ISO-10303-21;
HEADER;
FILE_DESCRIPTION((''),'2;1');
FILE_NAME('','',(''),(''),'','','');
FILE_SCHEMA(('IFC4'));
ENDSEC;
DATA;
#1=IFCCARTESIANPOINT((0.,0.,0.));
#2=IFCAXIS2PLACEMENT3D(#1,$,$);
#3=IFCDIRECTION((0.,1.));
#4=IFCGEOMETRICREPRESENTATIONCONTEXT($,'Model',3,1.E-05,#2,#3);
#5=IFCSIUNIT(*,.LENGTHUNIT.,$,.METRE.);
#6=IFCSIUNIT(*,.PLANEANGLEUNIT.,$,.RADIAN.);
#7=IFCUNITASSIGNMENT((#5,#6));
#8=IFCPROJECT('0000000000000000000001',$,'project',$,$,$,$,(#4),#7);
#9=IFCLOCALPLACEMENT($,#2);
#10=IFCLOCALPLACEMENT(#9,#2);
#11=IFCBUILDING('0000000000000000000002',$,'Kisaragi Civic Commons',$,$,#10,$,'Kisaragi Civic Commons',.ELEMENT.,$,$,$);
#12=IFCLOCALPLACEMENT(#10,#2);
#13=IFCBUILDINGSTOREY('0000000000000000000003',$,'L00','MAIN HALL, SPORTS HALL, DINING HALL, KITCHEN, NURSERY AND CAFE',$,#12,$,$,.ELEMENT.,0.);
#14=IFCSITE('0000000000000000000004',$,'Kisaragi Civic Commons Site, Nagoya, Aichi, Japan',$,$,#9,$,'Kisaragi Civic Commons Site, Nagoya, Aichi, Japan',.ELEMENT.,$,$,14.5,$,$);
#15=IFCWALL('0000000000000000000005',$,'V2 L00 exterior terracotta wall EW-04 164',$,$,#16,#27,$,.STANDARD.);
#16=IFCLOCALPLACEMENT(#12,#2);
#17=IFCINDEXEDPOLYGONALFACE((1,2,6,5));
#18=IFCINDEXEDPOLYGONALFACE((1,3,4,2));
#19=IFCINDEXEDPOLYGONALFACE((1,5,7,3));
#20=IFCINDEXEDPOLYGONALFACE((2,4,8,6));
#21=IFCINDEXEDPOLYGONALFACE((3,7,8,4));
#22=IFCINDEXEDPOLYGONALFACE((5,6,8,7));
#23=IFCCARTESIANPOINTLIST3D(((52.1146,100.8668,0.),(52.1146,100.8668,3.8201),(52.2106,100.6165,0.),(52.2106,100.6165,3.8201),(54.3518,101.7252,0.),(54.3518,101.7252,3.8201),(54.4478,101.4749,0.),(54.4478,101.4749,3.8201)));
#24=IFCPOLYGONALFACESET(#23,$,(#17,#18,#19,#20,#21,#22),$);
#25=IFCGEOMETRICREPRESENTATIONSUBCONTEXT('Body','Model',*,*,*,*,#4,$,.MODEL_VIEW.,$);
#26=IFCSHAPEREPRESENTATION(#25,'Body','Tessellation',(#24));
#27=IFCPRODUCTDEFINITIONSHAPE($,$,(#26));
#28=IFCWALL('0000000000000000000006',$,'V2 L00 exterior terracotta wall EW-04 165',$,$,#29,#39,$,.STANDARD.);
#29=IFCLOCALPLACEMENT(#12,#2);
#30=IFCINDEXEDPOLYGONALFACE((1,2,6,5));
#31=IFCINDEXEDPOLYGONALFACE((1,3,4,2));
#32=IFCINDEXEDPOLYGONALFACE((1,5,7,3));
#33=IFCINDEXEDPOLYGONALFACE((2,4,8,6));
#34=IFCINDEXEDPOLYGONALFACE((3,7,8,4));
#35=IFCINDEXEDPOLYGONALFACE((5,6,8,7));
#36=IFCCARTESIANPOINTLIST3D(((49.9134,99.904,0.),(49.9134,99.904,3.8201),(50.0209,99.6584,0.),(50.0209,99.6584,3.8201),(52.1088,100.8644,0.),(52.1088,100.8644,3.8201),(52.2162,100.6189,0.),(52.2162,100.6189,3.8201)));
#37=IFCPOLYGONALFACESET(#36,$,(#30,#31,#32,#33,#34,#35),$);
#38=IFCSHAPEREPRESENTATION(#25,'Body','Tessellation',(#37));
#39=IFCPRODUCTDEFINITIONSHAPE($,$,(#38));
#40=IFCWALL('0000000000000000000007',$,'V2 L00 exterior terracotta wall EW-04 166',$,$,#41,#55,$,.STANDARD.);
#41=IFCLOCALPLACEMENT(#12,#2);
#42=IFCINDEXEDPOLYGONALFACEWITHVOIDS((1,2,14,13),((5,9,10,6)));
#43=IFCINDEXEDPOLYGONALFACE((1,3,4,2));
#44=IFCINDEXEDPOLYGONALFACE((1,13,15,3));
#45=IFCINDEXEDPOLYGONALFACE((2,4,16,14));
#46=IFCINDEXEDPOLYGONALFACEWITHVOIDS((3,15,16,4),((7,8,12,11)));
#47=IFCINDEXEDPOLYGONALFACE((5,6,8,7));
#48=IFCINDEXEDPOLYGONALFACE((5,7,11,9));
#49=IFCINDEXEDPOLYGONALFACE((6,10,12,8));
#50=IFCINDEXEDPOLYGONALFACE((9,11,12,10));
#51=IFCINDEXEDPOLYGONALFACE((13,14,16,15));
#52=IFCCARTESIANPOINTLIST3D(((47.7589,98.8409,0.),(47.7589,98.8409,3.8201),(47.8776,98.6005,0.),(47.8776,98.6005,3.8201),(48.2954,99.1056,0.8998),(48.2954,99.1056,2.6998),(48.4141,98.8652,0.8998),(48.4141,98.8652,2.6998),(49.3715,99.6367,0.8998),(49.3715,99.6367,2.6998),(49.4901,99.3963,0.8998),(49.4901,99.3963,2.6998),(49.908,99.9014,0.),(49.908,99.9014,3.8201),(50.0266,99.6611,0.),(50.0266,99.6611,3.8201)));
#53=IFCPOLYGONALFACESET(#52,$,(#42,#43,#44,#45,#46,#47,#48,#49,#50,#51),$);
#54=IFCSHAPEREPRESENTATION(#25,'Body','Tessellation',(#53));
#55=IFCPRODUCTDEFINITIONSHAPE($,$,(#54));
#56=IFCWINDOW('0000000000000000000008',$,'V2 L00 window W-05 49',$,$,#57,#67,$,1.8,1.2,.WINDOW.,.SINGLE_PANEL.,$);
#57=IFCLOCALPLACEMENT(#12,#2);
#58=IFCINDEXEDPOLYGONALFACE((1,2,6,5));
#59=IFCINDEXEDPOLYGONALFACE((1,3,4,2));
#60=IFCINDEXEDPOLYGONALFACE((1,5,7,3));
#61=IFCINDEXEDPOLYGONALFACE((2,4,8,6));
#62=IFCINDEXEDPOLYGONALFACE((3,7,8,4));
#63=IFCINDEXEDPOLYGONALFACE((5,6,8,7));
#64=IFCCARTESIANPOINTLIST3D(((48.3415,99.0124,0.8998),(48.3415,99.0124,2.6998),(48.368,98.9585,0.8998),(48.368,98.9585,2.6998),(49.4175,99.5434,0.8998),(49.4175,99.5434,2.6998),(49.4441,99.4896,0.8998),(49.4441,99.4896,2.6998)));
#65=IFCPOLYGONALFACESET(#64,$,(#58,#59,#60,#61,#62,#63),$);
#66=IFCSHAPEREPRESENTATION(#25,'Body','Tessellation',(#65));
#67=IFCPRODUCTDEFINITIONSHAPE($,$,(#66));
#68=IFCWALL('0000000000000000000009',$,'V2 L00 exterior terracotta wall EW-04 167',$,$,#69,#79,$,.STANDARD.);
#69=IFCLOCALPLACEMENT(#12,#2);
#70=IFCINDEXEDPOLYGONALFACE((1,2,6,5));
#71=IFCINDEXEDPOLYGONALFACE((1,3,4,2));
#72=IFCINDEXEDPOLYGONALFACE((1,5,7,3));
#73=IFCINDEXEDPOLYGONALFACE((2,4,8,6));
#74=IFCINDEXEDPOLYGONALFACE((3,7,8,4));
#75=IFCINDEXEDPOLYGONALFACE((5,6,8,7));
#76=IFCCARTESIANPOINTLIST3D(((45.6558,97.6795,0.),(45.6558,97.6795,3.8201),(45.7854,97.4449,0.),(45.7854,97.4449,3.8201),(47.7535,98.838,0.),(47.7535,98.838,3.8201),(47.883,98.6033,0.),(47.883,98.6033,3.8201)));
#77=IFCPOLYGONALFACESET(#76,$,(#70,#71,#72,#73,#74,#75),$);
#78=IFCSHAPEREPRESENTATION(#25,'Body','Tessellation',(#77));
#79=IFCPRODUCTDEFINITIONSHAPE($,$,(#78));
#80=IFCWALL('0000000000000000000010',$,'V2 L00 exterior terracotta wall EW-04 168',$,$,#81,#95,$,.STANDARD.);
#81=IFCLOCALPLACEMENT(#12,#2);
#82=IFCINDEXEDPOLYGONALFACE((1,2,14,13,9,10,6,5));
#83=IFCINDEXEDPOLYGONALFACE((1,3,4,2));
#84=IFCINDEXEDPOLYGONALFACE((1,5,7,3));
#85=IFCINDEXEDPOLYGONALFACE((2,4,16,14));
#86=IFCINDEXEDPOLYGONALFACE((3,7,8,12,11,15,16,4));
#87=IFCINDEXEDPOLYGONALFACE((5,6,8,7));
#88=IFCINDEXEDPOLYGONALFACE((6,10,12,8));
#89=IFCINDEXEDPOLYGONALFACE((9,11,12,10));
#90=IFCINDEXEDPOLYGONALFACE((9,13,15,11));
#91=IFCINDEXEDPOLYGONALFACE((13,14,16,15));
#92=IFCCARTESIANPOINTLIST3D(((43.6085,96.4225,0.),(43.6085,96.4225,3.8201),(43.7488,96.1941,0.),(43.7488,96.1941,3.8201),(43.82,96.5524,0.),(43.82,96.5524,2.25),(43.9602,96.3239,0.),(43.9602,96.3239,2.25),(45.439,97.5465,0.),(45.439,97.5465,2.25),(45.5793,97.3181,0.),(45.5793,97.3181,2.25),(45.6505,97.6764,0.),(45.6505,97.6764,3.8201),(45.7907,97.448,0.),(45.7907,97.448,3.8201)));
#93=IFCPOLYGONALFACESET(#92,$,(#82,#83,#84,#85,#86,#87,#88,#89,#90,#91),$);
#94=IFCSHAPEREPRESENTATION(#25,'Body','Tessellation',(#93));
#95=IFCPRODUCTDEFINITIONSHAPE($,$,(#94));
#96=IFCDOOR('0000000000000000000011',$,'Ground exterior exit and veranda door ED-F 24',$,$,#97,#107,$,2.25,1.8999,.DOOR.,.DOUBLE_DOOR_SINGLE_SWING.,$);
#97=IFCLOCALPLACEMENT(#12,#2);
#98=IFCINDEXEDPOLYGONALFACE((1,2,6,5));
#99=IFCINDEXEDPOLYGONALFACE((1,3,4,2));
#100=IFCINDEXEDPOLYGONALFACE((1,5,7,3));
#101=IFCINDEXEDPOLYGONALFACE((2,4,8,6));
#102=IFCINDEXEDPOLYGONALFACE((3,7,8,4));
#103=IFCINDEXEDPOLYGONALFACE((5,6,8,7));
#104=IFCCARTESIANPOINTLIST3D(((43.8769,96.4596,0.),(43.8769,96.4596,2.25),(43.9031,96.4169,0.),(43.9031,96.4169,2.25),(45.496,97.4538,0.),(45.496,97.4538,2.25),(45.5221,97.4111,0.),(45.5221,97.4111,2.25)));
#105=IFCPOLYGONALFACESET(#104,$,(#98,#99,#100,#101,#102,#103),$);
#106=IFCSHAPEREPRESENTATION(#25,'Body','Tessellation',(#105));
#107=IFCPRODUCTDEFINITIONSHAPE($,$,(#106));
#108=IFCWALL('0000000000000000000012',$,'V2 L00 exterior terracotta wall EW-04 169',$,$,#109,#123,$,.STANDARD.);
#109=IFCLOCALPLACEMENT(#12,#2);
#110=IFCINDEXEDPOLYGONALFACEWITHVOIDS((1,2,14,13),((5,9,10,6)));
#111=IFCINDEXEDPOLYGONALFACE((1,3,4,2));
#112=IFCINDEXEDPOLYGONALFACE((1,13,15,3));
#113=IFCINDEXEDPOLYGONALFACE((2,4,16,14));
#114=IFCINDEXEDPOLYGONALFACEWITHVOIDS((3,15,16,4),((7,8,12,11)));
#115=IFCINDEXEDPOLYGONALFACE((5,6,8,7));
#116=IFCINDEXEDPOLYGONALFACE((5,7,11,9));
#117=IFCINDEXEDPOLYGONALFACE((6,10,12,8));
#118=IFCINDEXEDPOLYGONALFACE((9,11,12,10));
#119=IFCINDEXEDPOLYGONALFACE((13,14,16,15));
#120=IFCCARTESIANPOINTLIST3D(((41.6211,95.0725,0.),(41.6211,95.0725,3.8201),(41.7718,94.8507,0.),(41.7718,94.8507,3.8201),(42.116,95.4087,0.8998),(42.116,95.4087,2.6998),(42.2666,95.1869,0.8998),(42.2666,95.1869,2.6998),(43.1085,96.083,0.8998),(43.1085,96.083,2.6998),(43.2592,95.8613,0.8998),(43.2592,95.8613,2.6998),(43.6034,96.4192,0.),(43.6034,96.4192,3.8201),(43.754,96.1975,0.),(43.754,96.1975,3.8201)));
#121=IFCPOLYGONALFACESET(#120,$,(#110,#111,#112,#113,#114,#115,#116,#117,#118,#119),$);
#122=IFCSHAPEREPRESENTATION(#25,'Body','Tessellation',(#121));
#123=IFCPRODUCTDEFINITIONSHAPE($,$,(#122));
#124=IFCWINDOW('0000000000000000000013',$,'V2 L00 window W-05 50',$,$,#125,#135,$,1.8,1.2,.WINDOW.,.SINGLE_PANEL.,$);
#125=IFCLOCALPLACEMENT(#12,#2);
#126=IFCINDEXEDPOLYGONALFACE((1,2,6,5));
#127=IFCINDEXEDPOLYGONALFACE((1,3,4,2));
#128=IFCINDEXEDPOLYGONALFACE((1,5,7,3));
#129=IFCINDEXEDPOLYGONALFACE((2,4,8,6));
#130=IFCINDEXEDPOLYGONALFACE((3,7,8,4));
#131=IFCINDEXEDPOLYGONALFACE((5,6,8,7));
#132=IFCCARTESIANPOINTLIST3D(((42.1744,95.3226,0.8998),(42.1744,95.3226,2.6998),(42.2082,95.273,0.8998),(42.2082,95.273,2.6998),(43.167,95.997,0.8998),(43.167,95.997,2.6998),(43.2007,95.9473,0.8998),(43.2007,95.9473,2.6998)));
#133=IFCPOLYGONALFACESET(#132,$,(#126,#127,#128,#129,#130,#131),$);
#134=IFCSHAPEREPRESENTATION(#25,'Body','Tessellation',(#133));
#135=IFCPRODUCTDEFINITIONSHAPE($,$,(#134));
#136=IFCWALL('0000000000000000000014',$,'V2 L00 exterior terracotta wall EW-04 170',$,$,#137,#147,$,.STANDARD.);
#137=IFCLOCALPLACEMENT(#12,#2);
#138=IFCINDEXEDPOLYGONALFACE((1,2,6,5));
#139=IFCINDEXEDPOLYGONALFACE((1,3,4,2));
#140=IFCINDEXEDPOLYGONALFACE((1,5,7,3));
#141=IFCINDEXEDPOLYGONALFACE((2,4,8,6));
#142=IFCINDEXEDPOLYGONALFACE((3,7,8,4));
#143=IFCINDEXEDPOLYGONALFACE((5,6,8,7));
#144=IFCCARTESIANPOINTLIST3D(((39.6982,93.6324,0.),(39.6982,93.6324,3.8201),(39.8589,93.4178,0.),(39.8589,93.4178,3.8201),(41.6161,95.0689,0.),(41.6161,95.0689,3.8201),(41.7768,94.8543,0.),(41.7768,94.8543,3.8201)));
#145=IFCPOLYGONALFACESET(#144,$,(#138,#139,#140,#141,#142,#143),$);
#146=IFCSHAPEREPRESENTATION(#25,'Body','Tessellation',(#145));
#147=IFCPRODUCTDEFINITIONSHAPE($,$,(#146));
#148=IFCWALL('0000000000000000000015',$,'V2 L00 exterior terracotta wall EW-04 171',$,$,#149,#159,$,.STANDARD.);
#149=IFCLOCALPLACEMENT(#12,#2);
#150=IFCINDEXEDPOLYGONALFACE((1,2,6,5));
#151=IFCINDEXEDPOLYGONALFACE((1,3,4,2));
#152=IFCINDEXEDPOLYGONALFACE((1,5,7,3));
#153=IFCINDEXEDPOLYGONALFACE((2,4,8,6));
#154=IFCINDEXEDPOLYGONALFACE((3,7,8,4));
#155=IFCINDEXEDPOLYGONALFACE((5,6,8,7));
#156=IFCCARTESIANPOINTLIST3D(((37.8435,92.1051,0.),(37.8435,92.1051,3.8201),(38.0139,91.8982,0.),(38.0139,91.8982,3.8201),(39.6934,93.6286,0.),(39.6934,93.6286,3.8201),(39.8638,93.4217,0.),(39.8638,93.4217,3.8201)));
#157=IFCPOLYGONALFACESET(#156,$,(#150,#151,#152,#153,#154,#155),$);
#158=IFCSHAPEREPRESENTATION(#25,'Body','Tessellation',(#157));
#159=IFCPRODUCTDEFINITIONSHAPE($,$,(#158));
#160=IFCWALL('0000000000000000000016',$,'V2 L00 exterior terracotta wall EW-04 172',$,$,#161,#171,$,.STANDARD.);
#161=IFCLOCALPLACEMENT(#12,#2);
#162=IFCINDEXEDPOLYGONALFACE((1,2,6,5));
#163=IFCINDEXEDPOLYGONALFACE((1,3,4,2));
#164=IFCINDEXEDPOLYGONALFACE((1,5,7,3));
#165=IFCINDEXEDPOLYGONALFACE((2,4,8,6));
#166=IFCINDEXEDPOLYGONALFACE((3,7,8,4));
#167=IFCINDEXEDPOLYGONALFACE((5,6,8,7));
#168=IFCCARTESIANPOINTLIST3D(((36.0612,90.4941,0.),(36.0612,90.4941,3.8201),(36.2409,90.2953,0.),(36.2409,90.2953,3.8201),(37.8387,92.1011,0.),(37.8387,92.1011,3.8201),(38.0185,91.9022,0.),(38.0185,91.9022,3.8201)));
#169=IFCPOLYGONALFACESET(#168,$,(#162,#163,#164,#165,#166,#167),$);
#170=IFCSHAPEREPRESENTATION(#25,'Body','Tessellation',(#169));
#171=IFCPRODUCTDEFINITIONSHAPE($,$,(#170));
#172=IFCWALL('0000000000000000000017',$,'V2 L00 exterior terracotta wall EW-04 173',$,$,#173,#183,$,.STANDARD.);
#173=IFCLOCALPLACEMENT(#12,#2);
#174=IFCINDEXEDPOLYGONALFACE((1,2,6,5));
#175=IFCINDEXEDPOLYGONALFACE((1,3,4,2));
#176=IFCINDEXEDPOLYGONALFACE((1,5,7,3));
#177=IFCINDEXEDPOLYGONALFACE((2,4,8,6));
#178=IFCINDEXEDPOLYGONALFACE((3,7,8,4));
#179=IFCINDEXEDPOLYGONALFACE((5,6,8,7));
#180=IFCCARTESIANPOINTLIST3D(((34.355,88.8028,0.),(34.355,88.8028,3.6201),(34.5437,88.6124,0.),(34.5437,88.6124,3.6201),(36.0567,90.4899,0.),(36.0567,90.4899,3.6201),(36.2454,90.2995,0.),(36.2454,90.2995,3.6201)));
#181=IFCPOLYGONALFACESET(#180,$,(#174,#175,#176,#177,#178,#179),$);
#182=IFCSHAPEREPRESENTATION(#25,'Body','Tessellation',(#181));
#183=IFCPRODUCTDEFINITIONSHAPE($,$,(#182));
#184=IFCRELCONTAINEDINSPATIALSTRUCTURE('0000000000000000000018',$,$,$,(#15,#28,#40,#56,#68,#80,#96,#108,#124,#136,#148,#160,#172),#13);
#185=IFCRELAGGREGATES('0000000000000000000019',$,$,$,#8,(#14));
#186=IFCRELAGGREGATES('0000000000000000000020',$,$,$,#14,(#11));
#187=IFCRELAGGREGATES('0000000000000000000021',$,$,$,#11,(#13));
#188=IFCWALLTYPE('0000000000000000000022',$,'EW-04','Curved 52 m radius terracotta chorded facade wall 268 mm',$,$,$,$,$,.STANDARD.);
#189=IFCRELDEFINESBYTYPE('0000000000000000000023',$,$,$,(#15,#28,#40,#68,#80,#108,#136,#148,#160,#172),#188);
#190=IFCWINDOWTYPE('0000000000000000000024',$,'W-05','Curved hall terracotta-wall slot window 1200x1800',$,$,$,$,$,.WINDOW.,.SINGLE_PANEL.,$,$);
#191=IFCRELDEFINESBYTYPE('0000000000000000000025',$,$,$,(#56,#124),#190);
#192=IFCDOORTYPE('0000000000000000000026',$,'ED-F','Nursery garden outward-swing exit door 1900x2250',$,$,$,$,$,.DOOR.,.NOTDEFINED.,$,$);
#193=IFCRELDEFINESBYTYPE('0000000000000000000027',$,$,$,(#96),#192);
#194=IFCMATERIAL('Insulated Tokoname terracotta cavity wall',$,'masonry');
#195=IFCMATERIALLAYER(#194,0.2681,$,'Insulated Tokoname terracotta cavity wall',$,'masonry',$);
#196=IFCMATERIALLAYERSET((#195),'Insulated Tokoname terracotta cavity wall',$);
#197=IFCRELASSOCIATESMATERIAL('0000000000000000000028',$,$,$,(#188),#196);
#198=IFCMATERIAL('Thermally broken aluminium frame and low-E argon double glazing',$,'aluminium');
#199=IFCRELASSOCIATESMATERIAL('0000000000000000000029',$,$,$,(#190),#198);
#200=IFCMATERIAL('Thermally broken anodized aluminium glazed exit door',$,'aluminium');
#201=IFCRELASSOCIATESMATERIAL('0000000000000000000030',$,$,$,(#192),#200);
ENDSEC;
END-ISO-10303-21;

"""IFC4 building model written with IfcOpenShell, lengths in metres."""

from ifc_helpers import new_model, si_unit, direction, frame, frame_2d, origin, place, context, subcontext, project, spatial, rectangle, extrude, material, layer, layer_set, type_object, element, fill, save


model = new_model("IFC4")

# Units and contexts
model_context = context("Model", 3, precision=1e-05, world=origin(), true_north=direction((0.0, 1.0)))
body_context = subcontext(model_context, "Body", "Model", "MODEL_VIEW")
ifc_project = project(units=[si_unit("LENGTHUNIT", "METRE"), si_unit("PLANEANGLEUNIT", "RADIAN")], contexts=[model_context])

# Site, building, storey
site_placement = place(None, origin())
site = spatial("IfcSite", under=ifc_project, at=site_placement, Name="Kisaragi Civic Commons Site, Nagoya, Aichi, Japan", LongName="Kisaragi Civic Commons Site, Nagoya, Aichi, Japan", CompositionType="ELEMENT", RefElevation=14.5)
building_placement = place(site_placement, origin())
building = spatial("IfcBuilding", under=site, at=building_placement, Name="Kisaragi Civic Commons", LongName="Kisaragi Civic Commons", CompositionType="ELEMENT")
storey_placement = place(building_placement, origin())
storey = spatial("IfcBuildingStorey", under=building, at=storey_placement, Name="L00", Description="MAIN HALL, SPORTS HALL, DINING HALL, KITCHEN, NURSERY AND CAFE", CompositionType="ELEMENT", Elevation=0.0)

# Walls
ifc_material_1 = material(Name="Insulated Tokoname terracotta cavity wall", Category="masonry")
ifc_layer_1 = layer(ifc_material_1, 0.2681, Name="Insulated Tokoname terracotta cavity wall", Category="masonry")
ifc_layer_set_1 = layer_set([ifc_layer_1], Name="Insulated Tokoname terracotta cavity wall")
wall_type = type_object("IfcWallType", Name="EW-04", Description="Curved 52 m radius terracotta chorded facade wall 268 mm", PredefinedType="STANDARD", material=ifc_layer_set_1)
for number, where, z_axis, x_axis, name in (
    (1, (54.3999, 101.6001, 0.0), (0.0, 0.0, 1.0), (-0.933639, -0.358214, 0.0), "V2 L00 exterior terracotta wall EW-04 164"),
    (2, (52.1626, 100.7417, 0.0), (0.0, 0.0, 1.0), (-0.916157, -0.400819, 0.0), "V2 L00 exterior terracotta wall EW-04 165"),
):
    element("IfcWall", number, at=place(storey_placement, frame(where, z_axis=z_axis, x_axis=x_axis)), inside=storey, type_object=wall_type, Name=name, PredefinedType="STANDARD", context=body_context, shape_type="SweptSolid", body=[
        extrude(rectangle(XDim=2.3962, YDim=0.2681, at=frame_2d((1.1982, 0.0))), origin(), (0.0, 0.0, 1.0), 3.8201),
    ])

# Wall, opening, window
wall_1_placement = place(storey_placement, frame((49.9673, 99.7812, 0.0), z_axis=(0.0, 0.0, 1.0), x_axis=(-0.896738, -0.442562, 0.0)))
wall_1 = element("IfcWall", 3, at=wall_1_placement, inside=storey, type_object=wall_type, Name="V2 L00 exterior terracotta wall EW-04 166", PredefinedType="STANDARD", context=body_context, shape_type="SweptSolid", body=[
    extrude(rectangle(XDim=2.3965, YDim=0.2681, at=frame_2d((1.1982, 0.0))), origin(), (0.0, 0.0, 1.0), 3.8201),
])
opening_1_placement = place(wall_1_placement, frame((0.5981, 0.0, 0.8999)))
opening_1 = element("IfcOpeningElement", 4, at=opening_1_placement, cuts=wall_1, PredefinedType="OPENING", context=body_context, shape_type="SweptSolid", body=[
    extrude(rectangle(XDim=1.2, YDim=1.8, at=frame_2d((0.6001, 0.8999))), frame((0.0, 0.144, 0.0), z_axis=(0.0, -1.0, 0.0), x_axis=(1.0, 0.0, 0.0)), (0.0, 0.0, 1.0), 0.2881),
])
ifc_material_2 = material(Name="Thermally broken aluminium frame and low-E argon double glazing", Category="aluminium")
window_type = type_object("IfcWindowType", Name="W-05", Description="Curved hall terracotta-wall slot window 1200x1800", PartitioningType="SINGLE_PANEL", PredefinedType="WINDOW", material=ifc_material_2)
window_1_placement = place(opening_1_placement, origin())
window_1 = element("IfcWindow", 5, at=window_1_placement, inside=storey, type_object=window_type, Name="V2 L00 window W-05 49", OverallHeight=1.8, OverallWidth=1.2, PartitioningType="SINGLE_PANEL", PredefinedType="WINDOW", context=body_context, shape_type="SweptSolid", body=[
    extrude(rectangle(XDim=1.2, YDim=1.8, at=frame_2d((0.6001, 0.8999))), frame((0.0, 0.03, 0.0), z_axis=(0.0, -1.0, 0.0), x_axis=(1.0, 0.0, 0.0)), (0.0, 0.0, 1.0), 0.0601),
])
fill(opening_1, window_1)

# Wall
wall_2_placement = place(storey_placement, frame((47.8184, 98.7207, 0.0), z_axis=(0.0, 0.0, 1.0), x_axis=(-0.87538, -0.483436, 0.0)))
element("IfcWall", 6, at=wall_2_placement, inside=storey, type_object=wall_type, Name="V2 L00 exterior terracotta wall EW-04 167", PredefinedType="STANDARD", context=body_context, shape_type="SweptSolid", body=[
    extrude(rectangle(XDim=2.3962, YDim=0.2681, at=frame_2d((1.1982, 0.0))), origin(), (0.0, 0.0, 1.0), 3.8201),
])

# Wall, opening, door
wall_3_placement = place(storey_placement, frame((45.7207, 97.5623, 0.0), z_axis=(0.0, 0.0, 1.0), x_axis=(-0.852162, -0.523279, 0.0)))
wall_3 = element("IfcWall", 7, at=wall_3_placement, inside=storey, type_object=wall_type, Name="V2 L00 exterior terracotta wall EW-04 168", PredefinedType="STANDARD", context=body_context, shape_type="SweptSolid", body=[
    extrude(rectangle(XDim=2.3962, YDim=0.2681, at=frame_2d((1.1982, 0.0))), origin(), (0.0, 0.0, 1.0), 3.8201),
])
opening_2_placement = place(wall_3_placement, frame((0.2483, 0.0, 0.0)))
opening_2 = element("IfcOpeningElement", 8, at=opening_2_placement, cuts=wall_3, PredefinedType="OPENING", context=body_context, shape_type="SweptSolid", body=[
    extrude(rectangle(XDim=1.8999, YDim=2.25, at=frame_2d((0.95, 1.125))), frame((0.0, 0.144, 0.0), z_axis=(0.0, -1.0, 0.0), x_axis=(1.0, 0.0, 0.0)), (0.0, 0.0, 1.0), 0.2881),
])
ifc_material_3 = material(Name="Thermally broken anodized aluminium glazed exit door", Category="aluminium")
door_type = type_object("IfcDoorType", Name="ED-F", Description="Nursery garden outward-swing exit door 1900x2250", OperationType="NOTDEFINED", PredefinedType="DOOR", material=ifc_material_3)
door_placement = place(opening_2_placement, origin())
door = element("IfcDoor", 9, at=door_placement, inside=storey, type_object=door_type, Name="Ground exterior exit and veranda door ED-F 24", OperationType="DOUBLE_DOOR_SINGLE_SWING", OverallHeight=2.25, OverallWidth=1.8999, PredefinedType="DOOR", context=body_context, shape_type="SweptSolid", body=[
    extrude(rectangle(XDim=1.8999, YDim=2.25, at=frame_2d((0.95, 1.125))), frame((0.0, 0.0249, 0.0), z_axis=(0.0, -1.0, 0.0), x_axis=(1.0, 0.0, 0.0)), (0.0, 0.0, 1.0), 0.05),
])
fill(opening_2, door)

# Wall, opening, window
wall_4_placement = place(storey_placement, frame((43.6787, 96.3083, 0.0), z_axis=(0.0, 0.0, 1.0), x_axis=(-0.82716, -0.561967, 0.0)))
wall_4 = element("IfcWall", 10, at=wall_4_placement, inside=storey, type_object=wall_type, Name="V2 L00 exterior terracotta wall EW-04 169", PredefinedType="STANDARD", context=body_context, shape_type="SweptSolid", body=[
    extrude(rectangle(XDim=2.3965, YDim=0.2681, at=frame_2d((1.1982, 0.0))), origin(), (0.0, 0.0, 1.0), 3.8201),
])
opening_3_placement = place(wall_4_placement, frame((0.5981, 0.0, 0.8999)))
opening_3 = element("IfcOpeningElement", 11, at=opening_3_placement, cuts=wall_4, PredefinedType="OPENING", context=body_context, shape_type="SweptSolid", body=[
    extrude(rectangle(XDim=1.2, YDim=1.8, at=frame_2d((0.6001, 0.8999))), frame((0.0, 0.144, 0.0), z_axis=(0.0, -1.0, 0.0), x_axis=(1.0, 0.0, 0.0)), (0.0, 0.0, 1.0), 0.2881),
])
window_2_placement = place(opening_3_placement, origin())
window_2 = element("IfcWindow", 12, at=window_2_placement, inside=storey, type_object=window_type, Name="V2 L00 window W-05 50", OverallHeight=1.8, OverallWidth=1.2, PartitioningType="SINGLE_PANEL", PredefinedType="WINDOW", context=body_context, shape_type="SweptSolid", body=[
    extrude(rectangle(XDim=1.2, YDim=1.8, at=frame_2d((0.6001, 0.8999))), frame((0.0, 0.03, 0.0), z_axis=(0.0, -1.0, 0.0), x_axis=(1.0, 0.0, 0.0)), (0.0, 0.0, 1.0), 0.0601),
])
fill(opening_3, window_2)

# Walls
wall_5_placement = place(storey_placement, frame((41.6965, 94.9617, 0.0), z_axis=(0.0, 0.0, 1.0), x_axis=(-0.800391, -0.599478, 0.0)))
element("IfcWall", 13, at=wall_5_placement, inside=storey, type_object=wall_type, Name="V2 L00 exterior terracotta wall EW-04 170", PredefinedType="STANDARD", context=body_context, shape_type="SweptSolid", body=[
    extrude(rectangle(XDim=2.3962, YDim=0.2681, at=frame_2d((1.1982, 0.0))), origin(), (0.0, 0.0, 1.0), 3.8201),
])
wall_6_placement = place(storey_placement, frame((39.7786, 93.5251, 0.0), z_axis=(0.0, 0.0, 1.0), x_axis=(-0.771924, -0.635714, 0.0)))
element("IfcWall", 14, at=wall_6_placement, inside=storey, type_object=wall_type, Name="V2 L00 exterior terracotta wall EW-04 171", PredefinedType="STANDARD", context=body_context, shape_type="SweptSolid", body=[
    extrude(rectangle(XDim=2.3965, YDim=0.2681, at=frame_2d((1.1982, 0.0))), origin(), (0.0, 0.0, 1.0), 3.8201),
])
wall_7_placement = place(storey_placement, frame((37.9287, 92.0017, 0.0), z_axis=(0.0, 0.0, 1.0), x_axis=(-0.741818, -0.670601, 0.0)))
element("IfcWall", 15, at=wall_7_placement, inside=storey, type_object=wall_type, Name="V2 L00 exterior terracotta wall EW-04 172", PredefinedType="STANDARD", context=body_context, shape_type="SweptSolid", body=[
    extrude(rectangle(XDim=2.3962, YDim=0.2681, at=frame_2d((1.1982, 0.0))), origin(), (0.0, 0.0, 1.0), 3.8201),
])
wall_8_placement = place(storey_placement, frame((36.1511, 90.3948, 0.0), z_axis=(0.0, 0.0, 1.0), x_axis=(-0.710157, -0.704044, 0.0)))
element("IfcWall", 16, at=wall_8_placement, inside=storey, type_object=wall_type, Name="V2 L00 exterior terracotta wall EW-04 173", PredefinedType="STANDARD", context=body_context, shape_type="SweptSolid", body=[
    extrude(rectangle(XDim=2.3962, YDim=0.2681, at=frame_2d((1.1982, 0.0))), origin(), (0.0, 0.0, 1.0), 3.6201),
])

save(model, "model.ifc")
